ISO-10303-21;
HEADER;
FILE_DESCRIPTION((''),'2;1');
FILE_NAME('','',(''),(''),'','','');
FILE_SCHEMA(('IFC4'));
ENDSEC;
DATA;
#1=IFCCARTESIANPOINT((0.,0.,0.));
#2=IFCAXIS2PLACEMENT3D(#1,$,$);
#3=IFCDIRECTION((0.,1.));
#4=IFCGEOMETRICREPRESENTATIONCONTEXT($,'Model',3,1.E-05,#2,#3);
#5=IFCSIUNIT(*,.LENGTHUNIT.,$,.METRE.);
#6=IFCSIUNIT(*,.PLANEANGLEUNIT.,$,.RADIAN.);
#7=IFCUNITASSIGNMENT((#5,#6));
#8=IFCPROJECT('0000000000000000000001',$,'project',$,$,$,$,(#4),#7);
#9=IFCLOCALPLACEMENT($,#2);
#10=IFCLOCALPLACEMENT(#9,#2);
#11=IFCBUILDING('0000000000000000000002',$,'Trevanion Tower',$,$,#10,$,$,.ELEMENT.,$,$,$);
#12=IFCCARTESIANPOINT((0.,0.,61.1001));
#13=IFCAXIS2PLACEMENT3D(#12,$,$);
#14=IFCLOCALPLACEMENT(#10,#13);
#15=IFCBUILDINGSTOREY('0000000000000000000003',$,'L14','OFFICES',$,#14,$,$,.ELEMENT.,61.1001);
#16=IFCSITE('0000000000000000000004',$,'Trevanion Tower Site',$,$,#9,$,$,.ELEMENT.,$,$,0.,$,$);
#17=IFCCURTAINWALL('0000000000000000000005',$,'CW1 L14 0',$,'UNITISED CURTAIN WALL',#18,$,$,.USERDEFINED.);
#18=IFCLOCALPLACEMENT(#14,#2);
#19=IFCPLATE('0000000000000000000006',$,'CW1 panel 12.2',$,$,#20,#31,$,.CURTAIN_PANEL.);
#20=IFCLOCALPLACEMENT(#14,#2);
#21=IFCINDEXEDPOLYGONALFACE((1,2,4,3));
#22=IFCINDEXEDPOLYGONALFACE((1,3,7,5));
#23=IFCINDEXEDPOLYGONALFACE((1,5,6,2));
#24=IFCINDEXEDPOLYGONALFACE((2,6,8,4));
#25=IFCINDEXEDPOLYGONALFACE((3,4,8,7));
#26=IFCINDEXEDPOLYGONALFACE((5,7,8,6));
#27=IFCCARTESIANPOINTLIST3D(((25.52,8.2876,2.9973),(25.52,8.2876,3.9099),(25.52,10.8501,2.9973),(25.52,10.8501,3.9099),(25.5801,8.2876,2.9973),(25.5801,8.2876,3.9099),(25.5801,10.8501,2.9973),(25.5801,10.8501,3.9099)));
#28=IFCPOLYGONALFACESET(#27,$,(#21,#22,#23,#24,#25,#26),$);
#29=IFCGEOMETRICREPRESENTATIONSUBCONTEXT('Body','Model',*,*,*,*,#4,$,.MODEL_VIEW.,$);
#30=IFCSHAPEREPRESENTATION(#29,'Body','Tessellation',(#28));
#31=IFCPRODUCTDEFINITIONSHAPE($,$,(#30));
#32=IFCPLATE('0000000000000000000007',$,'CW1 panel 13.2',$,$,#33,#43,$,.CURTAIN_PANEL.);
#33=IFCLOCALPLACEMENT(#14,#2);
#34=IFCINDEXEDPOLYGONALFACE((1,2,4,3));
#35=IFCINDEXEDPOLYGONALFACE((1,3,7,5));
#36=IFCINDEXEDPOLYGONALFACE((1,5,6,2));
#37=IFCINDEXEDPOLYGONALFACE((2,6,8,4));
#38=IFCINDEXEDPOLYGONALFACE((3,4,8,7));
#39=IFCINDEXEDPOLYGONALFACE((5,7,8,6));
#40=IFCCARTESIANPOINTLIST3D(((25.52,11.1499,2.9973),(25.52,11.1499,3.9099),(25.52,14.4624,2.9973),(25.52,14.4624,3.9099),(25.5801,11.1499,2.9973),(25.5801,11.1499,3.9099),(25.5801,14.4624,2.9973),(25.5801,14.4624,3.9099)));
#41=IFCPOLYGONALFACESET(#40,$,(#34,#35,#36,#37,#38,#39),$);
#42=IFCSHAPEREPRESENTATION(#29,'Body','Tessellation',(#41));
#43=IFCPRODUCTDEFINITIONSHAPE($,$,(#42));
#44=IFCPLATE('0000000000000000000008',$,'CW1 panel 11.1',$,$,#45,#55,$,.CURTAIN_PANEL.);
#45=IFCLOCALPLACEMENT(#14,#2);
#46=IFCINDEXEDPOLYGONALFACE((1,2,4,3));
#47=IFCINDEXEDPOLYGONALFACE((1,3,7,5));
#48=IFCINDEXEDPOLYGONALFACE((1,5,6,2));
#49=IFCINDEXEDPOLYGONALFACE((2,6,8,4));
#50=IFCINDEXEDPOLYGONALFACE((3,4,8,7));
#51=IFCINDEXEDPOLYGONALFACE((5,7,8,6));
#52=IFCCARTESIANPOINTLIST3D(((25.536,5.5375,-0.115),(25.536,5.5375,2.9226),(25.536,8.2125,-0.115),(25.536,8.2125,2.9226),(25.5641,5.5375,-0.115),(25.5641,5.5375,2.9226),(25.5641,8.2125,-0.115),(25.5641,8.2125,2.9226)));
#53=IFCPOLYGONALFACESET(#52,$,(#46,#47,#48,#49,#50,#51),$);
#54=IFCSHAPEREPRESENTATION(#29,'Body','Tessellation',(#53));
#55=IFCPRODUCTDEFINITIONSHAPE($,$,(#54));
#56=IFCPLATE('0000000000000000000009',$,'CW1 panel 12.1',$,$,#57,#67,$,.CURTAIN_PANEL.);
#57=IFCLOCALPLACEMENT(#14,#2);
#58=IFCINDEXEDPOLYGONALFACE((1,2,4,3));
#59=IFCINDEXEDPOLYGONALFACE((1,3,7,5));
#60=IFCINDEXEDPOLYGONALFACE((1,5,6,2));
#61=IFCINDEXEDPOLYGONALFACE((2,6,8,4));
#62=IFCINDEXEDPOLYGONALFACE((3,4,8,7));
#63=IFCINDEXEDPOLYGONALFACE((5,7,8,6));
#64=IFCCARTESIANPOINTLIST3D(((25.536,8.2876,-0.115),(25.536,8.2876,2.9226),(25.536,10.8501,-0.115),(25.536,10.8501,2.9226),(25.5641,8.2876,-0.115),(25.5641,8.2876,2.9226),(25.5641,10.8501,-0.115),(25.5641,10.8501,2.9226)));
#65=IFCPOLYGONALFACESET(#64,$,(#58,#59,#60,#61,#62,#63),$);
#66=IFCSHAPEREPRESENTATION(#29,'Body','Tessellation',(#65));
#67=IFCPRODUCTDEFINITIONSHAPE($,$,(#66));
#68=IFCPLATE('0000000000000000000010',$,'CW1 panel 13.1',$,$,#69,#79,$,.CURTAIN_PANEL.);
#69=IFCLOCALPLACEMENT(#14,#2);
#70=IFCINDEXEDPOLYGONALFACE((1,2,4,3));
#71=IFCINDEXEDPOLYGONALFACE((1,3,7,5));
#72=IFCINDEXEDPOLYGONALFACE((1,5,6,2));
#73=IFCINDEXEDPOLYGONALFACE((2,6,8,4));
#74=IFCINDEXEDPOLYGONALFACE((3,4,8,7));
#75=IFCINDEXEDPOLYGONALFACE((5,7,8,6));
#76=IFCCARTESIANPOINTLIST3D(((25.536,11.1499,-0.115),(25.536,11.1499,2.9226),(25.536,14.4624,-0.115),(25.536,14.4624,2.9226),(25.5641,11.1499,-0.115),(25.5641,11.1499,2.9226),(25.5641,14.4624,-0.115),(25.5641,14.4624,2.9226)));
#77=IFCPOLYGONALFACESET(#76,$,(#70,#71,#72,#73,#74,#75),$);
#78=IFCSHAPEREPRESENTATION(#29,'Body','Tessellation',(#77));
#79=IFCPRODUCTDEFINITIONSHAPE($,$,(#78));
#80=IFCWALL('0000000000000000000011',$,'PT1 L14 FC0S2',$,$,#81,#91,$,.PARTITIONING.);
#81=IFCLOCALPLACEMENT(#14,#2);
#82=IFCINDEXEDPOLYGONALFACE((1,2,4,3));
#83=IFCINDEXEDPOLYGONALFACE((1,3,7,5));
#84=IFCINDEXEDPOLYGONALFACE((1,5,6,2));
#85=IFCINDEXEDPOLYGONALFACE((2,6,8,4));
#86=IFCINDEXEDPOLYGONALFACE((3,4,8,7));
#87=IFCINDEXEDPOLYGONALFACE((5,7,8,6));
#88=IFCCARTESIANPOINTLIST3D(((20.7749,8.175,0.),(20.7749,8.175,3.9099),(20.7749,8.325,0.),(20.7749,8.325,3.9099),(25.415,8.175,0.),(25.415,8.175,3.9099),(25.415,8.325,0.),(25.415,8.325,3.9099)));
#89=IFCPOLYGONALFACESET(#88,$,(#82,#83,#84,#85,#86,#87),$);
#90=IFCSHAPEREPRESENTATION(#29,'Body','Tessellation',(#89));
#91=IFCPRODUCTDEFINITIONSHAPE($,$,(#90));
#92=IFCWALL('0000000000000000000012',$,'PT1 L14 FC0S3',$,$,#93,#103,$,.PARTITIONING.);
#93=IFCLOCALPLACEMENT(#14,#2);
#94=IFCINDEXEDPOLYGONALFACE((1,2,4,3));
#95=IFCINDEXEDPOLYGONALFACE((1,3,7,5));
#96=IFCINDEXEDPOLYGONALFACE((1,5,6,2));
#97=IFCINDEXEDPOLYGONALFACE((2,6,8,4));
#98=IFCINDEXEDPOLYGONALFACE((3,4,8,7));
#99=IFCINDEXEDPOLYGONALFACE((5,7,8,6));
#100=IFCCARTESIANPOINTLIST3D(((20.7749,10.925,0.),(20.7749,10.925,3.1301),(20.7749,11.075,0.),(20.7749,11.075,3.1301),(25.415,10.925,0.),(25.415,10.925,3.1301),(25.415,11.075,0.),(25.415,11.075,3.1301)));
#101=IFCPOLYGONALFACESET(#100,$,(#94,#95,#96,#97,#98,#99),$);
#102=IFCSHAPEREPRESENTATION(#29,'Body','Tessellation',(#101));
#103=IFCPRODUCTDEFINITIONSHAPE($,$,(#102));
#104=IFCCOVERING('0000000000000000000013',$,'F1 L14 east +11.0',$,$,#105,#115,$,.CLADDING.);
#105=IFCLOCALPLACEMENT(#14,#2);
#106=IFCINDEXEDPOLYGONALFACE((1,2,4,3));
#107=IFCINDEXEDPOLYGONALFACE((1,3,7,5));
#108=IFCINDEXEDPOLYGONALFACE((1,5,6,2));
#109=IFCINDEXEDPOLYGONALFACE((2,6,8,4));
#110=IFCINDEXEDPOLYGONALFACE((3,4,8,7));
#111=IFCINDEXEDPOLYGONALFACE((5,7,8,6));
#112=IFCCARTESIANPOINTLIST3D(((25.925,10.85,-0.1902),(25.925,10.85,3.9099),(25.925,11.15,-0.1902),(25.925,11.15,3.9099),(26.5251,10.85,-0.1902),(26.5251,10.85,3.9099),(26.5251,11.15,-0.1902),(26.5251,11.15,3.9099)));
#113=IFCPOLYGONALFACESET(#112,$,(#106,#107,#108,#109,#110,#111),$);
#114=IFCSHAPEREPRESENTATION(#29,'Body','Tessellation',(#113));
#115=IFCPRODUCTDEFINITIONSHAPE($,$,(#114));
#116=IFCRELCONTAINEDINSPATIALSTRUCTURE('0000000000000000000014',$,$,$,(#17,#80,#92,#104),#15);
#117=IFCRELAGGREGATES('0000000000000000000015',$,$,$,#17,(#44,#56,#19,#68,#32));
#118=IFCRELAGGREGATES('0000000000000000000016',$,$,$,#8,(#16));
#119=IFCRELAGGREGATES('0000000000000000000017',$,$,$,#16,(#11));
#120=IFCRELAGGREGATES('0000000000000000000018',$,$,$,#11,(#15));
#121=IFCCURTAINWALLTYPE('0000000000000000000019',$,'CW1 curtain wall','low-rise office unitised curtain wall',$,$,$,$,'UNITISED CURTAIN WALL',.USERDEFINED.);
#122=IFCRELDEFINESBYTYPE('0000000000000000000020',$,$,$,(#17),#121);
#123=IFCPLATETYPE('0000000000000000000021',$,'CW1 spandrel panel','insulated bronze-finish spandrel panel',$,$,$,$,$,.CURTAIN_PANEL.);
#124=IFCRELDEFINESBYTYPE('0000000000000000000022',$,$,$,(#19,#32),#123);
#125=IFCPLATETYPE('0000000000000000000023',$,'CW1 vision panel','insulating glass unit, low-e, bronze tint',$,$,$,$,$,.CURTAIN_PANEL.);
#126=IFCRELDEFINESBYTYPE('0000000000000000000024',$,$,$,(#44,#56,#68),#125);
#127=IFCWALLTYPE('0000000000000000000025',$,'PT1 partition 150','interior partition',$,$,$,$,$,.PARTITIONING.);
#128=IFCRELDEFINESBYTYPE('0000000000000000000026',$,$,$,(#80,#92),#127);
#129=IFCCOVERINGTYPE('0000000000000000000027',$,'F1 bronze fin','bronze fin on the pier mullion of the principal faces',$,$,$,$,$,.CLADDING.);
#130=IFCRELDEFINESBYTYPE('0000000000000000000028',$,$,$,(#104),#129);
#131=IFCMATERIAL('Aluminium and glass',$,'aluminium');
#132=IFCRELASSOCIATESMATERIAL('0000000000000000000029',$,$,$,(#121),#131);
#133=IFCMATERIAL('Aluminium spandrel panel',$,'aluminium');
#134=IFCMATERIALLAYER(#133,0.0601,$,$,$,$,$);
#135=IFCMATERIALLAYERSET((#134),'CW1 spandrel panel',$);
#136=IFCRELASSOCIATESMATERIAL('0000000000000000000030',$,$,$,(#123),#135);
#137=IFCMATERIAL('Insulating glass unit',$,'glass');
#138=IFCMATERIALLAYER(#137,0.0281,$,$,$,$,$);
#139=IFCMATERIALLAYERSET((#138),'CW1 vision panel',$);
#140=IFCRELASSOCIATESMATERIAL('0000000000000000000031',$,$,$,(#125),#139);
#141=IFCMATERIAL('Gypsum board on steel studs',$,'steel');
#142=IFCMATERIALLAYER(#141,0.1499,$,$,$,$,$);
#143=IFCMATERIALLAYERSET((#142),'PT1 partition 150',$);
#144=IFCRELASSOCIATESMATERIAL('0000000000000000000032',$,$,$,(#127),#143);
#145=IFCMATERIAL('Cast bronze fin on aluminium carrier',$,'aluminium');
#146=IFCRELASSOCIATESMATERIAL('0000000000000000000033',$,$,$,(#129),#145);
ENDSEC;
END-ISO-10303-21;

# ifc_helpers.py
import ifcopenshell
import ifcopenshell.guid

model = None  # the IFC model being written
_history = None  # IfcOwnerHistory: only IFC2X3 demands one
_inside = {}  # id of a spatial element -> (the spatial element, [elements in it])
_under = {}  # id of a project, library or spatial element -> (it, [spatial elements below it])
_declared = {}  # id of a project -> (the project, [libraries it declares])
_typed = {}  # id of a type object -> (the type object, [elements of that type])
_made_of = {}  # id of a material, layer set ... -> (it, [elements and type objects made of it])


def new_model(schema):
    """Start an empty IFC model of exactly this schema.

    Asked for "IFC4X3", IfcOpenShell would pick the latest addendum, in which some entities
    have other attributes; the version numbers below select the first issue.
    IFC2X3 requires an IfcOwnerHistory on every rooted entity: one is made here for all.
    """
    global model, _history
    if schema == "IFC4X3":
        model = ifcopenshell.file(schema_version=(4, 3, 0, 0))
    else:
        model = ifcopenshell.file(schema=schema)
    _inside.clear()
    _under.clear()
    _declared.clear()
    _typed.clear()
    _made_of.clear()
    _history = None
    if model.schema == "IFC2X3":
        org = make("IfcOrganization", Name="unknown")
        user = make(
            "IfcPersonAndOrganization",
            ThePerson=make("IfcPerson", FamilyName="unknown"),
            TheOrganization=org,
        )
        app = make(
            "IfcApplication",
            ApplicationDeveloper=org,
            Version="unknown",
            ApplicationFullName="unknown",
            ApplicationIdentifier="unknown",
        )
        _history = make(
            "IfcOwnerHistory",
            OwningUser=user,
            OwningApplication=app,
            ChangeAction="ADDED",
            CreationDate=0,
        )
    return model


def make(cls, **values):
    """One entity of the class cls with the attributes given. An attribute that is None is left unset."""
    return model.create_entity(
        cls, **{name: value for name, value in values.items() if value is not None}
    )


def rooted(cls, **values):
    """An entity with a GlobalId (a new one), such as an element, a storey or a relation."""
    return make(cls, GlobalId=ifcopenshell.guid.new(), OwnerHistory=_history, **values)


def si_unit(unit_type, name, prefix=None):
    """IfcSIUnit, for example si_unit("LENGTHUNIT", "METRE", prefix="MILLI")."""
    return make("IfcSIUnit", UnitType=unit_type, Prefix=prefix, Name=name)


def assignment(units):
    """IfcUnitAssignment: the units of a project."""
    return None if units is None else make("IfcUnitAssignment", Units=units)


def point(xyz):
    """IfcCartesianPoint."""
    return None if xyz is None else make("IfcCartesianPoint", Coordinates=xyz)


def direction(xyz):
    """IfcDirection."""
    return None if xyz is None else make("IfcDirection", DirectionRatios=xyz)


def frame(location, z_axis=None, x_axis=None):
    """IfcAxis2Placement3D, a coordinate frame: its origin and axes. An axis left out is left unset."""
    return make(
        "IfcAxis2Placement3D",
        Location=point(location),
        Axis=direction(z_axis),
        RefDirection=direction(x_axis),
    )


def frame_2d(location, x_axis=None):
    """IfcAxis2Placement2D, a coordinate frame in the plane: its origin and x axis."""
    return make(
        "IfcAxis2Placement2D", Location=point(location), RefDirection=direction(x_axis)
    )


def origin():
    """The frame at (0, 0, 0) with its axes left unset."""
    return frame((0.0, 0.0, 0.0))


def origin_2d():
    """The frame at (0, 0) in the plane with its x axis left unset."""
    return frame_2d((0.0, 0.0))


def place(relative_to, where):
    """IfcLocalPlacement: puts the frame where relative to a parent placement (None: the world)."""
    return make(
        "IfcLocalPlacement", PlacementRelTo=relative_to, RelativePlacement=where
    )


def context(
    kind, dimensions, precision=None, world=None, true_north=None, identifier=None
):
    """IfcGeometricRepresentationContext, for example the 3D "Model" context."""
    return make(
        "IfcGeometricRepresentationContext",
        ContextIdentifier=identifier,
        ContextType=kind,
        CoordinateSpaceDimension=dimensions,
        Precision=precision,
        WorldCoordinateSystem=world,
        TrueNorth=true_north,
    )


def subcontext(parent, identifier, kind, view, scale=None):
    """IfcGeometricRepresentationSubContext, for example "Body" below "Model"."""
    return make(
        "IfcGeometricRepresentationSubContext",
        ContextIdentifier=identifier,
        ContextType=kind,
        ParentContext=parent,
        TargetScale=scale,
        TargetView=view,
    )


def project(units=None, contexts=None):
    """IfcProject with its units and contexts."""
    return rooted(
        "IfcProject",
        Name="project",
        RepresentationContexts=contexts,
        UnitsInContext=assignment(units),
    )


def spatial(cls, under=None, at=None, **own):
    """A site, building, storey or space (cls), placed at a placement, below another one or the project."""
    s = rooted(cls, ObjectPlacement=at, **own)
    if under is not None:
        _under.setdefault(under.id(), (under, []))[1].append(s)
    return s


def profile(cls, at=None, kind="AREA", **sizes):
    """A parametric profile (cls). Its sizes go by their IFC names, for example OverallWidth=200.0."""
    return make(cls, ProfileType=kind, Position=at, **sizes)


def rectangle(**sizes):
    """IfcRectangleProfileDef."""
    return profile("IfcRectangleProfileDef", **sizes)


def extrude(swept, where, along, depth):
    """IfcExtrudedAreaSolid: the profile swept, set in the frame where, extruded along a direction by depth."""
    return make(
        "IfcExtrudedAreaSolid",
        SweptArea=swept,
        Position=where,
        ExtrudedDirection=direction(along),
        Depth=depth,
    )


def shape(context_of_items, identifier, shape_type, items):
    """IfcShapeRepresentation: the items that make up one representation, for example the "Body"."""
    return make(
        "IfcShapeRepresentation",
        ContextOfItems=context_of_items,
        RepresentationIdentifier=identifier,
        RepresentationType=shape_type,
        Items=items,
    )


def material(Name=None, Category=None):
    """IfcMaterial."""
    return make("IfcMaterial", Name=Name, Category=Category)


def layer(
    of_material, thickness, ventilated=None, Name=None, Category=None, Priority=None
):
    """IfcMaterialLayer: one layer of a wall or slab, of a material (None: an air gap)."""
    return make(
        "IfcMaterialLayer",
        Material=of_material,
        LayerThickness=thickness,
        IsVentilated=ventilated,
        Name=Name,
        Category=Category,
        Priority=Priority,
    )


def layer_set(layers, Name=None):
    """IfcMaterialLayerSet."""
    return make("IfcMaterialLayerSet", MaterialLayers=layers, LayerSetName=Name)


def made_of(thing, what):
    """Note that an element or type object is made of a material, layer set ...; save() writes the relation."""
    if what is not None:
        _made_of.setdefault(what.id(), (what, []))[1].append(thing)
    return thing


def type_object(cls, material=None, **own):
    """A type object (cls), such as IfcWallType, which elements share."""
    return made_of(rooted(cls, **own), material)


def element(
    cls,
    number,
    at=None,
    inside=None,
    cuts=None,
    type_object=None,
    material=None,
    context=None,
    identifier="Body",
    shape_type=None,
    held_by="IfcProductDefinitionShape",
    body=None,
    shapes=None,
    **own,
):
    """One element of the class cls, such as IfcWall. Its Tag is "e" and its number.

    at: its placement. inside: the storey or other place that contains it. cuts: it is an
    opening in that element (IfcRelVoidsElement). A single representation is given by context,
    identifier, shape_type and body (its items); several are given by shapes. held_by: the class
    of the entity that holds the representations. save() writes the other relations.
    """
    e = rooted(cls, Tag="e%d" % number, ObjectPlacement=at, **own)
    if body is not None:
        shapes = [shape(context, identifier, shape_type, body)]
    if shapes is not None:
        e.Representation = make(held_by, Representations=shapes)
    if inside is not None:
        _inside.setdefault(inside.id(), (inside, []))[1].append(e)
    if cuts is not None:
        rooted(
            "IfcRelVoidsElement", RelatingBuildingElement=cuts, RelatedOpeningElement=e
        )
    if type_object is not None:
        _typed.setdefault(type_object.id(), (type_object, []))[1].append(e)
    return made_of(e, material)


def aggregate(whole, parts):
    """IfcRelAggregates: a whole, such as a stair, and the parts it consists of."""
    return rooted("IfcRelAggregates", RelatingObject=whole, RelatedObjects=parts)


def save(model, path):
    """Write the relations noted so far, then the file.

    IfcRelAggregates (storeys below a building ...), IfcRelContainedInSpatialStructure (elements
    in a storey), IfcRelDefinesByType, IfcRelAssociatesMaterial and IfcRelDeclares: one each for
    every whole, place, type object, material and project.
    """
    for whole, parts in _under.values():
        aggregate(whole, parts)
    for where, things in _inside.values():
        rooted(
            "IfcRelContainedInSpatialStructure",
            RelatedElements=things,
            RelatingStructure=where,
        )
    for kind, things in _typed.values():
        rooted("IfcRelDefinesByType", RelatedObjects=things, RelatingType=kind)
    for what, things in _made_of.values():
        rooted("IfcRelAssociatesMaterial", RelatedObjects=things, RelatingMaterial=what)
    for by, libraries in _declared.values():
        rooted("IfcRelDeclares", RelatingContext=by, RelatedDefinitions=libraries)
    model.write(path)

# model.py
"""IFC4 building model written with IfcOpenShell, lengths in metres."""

from ifc_helpers import new_model, si_unit, direction, frame, frame_2d, origin, origin_2d, place, context, subcontext, project, spatial, rectangle, extrude, material, layer, layer_set, type_object, element, aggregate, save


model = new_model("IFC4")

# Units and contexts
model_context = context("Model", 3, precision=1e-05, world=origin(), true_north=direction((0.0, 1.0)))
body_context = subcontext(model_context, "Body", "Model", "MODEL_VIEW")
ifc_project = project(units=[si_unit("LENGTHUNIT", "METRE"), si_unit("PLANEANGLEUNIT", "RADIAN")], contexts=[model_context])

# Site, building, storey
site_placement = place(None, origin())
site = spatial("IfcSite", under=ifc_project, at=site_placement, Name="Trevanion Tower Site", CompositionType="ELEMENT", RefElevation=0.0)
building_placement = place(site_placement, origin())
building = spatial("IfcBuilding", under=site, at=building_placement, Name="Trevanion Tower", CompositionType="ELEMENT")
storey_placement = place(building_placement, frame((0.0, 0.0, 61.1001)))
storey = spatial("IfcBuildingStorey", under=building, at=storey_placement, Name="L14", Description="OFFICES", CompositionType="ELEMENT", Elevation=61.1001)

# Curtain wall
ifc_material_1 = material(Name="Aluminium and glass", Category="aluminium")
curtain_wall_type = type_object("IfcCurtainWallType", Name="CW1 curtain wall", Description="low-rise office unitised curtain wall", ElementType="UNITISED CURTAIN WALL", PredefinedType="USERDEFINED", material=ifc_material_1)
curtain_wall_placement = place(storey_placement, origin())
curtain_wall = element("IfcCurtainWall", 1, at=curtain_wall_placement, inside=storey, type_object=curtain_wall_type, Name="CW1 L14 0", ObjectType="UNITISED CURTAIN WALL", PredefinedType="USERDEFINED")

# Plates
ifc_material_2 = material(Name="Aluminium spandrel panel", Category="aluminium")
ifc_layer_1 = layer(ifc_material_2, 0.0601)
ifc_layer_set_1 = layer_set([ifc_layer_1], Name="CW1 spandrel panel")
plate_type_1 = type_object("IfcPlateType", Name="CW1 spandrel panel", Description="insulated bronze-finish spandrel panel", PredefinedType="CURTAIN_PANEL", material=ifc_layer_set_1)
plate_1_placement = place(storey_placement, frame((25.55, 9.5688, 2.9973), z_axis=(0.0, 0.0, 1.0), x_axis=(0.0, 1.0, 0.0)))
plate_1 = element("IfcPlate", 2, at=plate_1_placement, type_object=plate_type_1, Name="CW1 panel 12.2", PredefinedType="CURTAIN_PANEL", context=body_context, shape_type="SweptSolid", body=[
    extrude(rectangle(XDim=2.5625, YDim=0.0601, at=origin_2d()), origin(), (0.0, 0.0, 1.0), 0.9126),
])
plate_2_placement = place(storey_placement, frame((25.55, 12.8062, 2.9973), z_axis=(0.0, 0.0, 1.0), x_axis=(0.0, 1.0, 0.0)))
plate_2 = element("IfcPlate", 3, at=plate_2_placement, type_object=plate_type_1, Name="CW1 panel 13.2", PredefinedType="CURTAIN_PANEL", context=body_context, shape_type="SweptSolid", body=[
    extrude(rectangle(XDim=3.3125, YDim=0.0601, at=origin_2d()), origin(), (0.0, 0.0, 1.0), 0.9126),
])
ifc_material_3 = material(Name="Insulating glass unit", Category="glass")
ifc_layer_2 = layer(ifc_material_3, 0.0281)
ifc_layer_set_2 = layer_set([ifc_layer_2], Name="CW1 vision panel")
plate_type_2 = type_object("IfcPlateType", Name="CW1 vision panel", Description="insulating glass unit, low-e, bronze tint", PredefinedType="CURTAIN_PANEL", material=ifc_layer_set_2)
plate_3_placement = place(storey_placement, frame((25.55, 6.875, -0.115), z_axis=(0.0, 0.0, 1.0), x_axis=(0.0, 1.0, 0.0)))
plate_3 = element("IfcPlate", 4, at=plate_3_placement, type_object=plate_type_2, Name="CW1 panel 11.1", PredefinedType="CURTAIN_PANEL", context=body_context, shape_type="SweptSolid", body=[
    extrude(rectangle(XDim=2.675, YDim=0.0281, at=origin_2d()), origin(), (0.0, 0.0, 1.0), 3.0376),
])
plate_4_placement = place(storey_placement, frame((25.55, 9.5688, -0.115), z_axis=(0.0, 0.0, 1.0), x_axis=(0.0, 1.0, 0.0)))
plate_4 = element("IfcPlate", 5, at=plate_4_placement, type_object=plate_type_2, Name="CW1 panel 12.1", PredefinedType="CURTAIN_PANEL", context=body_context, shape_type="SweptSolid", body=[
    extrude(rectangle(XDim=2.5625, YDim=0.0281, at=origin_2d()), origin(), (0.0, 0.0, 1.0), 3.0376),
])
plate_5_placement = place(storey_placement, frame((25.55, 12.8062, -0.115), z_axis=(0.0, 0.0, 1.0), x_axis=(0.0, 1.0, 0.0)))
plate_5 = element("IfcPlate", 6, at=plate_5_placement, type_object=plate_type_2, Name="CW1 panel 13.1", PredefinedType="CURTAIN_PANEL", context=body_context, shape_type="SweptSolid", body=[
    extrude(rectangle(XDim=3.3125, YDim=0.0281, at=origin_2d()), origin(), (0.0, 0.0, 1.0), 3.0376),
])
aggregate(curtain_wall, [plate_3, plate_4, plate_1, plate_5, plate_2])

# Walls
ifc_material_4 = material(Name="Gypsum board on steel studs", Category="steel")
ifc_layer_3 = layer(ifc_material_4, 0.1499)
ifc_layer_set_3 = layer_set([ifc_layer_3], Name="PT1 partition 150")
wall_type = type_object("IfcWallType", Name="PT1 partition 150", Description="interior partition", PredefinedType="PARTITIONING", material=ifc_layer_set_3)
wall_1_placement = place(storey_placement, frame((20.7749, 8.25, 0.0), z_axis=(0.0, 0.0, 1.0), x_axis=(1.0, 0.0, 0.0)))
element("IfcWall", 7, at=wall_1_placement, inside=storey, type_object=wall_type, Name="PT1 L14 FC0S2", PredefinedType="PARTITIONING", context=body_context, shape_type="SweptSolid", body=[
    extrude(rectangle(XDim=4.6401, YDim=0.1499, at=frame_2d((2.3201, 0.0))), origin(), (0.0, 0.0, 1.0), 3.9099),
])
wall_2_placement = place(storey_placement, frame((20.7749, 11.0, 0.0), z_axis=(0.0, 0.0, 1.0), x_axis=(1.0, 0.0, 0.0)))
element("IfcWall", 8, at=wall_2_placement, inside=storey, type_object=wall_type, Name="PT1 L14 FC0S3", PredefinedType="PARTITIONING", context=body_context, shape_type="SweptSolid", body=[
    extrude(rectangle(XDim=4.6401, YDim=0.1499, at=frame_2d((2.3201, 0.0))), origin(), (0.0, 0.0, 1.0), 3.1301),
])

# Covering
ifc_material_5 = material(Name="Cast bronze fin on aluminium carrier", Category="aluminium")
covering_type = type_object("IfcCoveringType", Name="F1 bronze fin", Description="bronze fin on the pier mullion of the principal faces", PredefinedType="CLADDING", material=ifc_material_5)
covering_placement = place(storey_placement, frame((26.2251, 11.0, -0.1902), z_axis=(0.0, 0.0, 1.0), x_axis=(0.0, 1.0, 0.0)))
element("IfcCovering", 9, at=covering_placement, inside=storey, type_object=covering_type, Name="F1 L14 east +11.0", PredefinedType="CLADDING", context=body_context, shape_type="SweptSolid", body=[
    extrude(rectangle(XDim=0.3, YDim=0.6001, at=origin_2d()), origin(), (0.0, 0.0, 1.0), 4.1001),
])

save(model, "model.ifc")
